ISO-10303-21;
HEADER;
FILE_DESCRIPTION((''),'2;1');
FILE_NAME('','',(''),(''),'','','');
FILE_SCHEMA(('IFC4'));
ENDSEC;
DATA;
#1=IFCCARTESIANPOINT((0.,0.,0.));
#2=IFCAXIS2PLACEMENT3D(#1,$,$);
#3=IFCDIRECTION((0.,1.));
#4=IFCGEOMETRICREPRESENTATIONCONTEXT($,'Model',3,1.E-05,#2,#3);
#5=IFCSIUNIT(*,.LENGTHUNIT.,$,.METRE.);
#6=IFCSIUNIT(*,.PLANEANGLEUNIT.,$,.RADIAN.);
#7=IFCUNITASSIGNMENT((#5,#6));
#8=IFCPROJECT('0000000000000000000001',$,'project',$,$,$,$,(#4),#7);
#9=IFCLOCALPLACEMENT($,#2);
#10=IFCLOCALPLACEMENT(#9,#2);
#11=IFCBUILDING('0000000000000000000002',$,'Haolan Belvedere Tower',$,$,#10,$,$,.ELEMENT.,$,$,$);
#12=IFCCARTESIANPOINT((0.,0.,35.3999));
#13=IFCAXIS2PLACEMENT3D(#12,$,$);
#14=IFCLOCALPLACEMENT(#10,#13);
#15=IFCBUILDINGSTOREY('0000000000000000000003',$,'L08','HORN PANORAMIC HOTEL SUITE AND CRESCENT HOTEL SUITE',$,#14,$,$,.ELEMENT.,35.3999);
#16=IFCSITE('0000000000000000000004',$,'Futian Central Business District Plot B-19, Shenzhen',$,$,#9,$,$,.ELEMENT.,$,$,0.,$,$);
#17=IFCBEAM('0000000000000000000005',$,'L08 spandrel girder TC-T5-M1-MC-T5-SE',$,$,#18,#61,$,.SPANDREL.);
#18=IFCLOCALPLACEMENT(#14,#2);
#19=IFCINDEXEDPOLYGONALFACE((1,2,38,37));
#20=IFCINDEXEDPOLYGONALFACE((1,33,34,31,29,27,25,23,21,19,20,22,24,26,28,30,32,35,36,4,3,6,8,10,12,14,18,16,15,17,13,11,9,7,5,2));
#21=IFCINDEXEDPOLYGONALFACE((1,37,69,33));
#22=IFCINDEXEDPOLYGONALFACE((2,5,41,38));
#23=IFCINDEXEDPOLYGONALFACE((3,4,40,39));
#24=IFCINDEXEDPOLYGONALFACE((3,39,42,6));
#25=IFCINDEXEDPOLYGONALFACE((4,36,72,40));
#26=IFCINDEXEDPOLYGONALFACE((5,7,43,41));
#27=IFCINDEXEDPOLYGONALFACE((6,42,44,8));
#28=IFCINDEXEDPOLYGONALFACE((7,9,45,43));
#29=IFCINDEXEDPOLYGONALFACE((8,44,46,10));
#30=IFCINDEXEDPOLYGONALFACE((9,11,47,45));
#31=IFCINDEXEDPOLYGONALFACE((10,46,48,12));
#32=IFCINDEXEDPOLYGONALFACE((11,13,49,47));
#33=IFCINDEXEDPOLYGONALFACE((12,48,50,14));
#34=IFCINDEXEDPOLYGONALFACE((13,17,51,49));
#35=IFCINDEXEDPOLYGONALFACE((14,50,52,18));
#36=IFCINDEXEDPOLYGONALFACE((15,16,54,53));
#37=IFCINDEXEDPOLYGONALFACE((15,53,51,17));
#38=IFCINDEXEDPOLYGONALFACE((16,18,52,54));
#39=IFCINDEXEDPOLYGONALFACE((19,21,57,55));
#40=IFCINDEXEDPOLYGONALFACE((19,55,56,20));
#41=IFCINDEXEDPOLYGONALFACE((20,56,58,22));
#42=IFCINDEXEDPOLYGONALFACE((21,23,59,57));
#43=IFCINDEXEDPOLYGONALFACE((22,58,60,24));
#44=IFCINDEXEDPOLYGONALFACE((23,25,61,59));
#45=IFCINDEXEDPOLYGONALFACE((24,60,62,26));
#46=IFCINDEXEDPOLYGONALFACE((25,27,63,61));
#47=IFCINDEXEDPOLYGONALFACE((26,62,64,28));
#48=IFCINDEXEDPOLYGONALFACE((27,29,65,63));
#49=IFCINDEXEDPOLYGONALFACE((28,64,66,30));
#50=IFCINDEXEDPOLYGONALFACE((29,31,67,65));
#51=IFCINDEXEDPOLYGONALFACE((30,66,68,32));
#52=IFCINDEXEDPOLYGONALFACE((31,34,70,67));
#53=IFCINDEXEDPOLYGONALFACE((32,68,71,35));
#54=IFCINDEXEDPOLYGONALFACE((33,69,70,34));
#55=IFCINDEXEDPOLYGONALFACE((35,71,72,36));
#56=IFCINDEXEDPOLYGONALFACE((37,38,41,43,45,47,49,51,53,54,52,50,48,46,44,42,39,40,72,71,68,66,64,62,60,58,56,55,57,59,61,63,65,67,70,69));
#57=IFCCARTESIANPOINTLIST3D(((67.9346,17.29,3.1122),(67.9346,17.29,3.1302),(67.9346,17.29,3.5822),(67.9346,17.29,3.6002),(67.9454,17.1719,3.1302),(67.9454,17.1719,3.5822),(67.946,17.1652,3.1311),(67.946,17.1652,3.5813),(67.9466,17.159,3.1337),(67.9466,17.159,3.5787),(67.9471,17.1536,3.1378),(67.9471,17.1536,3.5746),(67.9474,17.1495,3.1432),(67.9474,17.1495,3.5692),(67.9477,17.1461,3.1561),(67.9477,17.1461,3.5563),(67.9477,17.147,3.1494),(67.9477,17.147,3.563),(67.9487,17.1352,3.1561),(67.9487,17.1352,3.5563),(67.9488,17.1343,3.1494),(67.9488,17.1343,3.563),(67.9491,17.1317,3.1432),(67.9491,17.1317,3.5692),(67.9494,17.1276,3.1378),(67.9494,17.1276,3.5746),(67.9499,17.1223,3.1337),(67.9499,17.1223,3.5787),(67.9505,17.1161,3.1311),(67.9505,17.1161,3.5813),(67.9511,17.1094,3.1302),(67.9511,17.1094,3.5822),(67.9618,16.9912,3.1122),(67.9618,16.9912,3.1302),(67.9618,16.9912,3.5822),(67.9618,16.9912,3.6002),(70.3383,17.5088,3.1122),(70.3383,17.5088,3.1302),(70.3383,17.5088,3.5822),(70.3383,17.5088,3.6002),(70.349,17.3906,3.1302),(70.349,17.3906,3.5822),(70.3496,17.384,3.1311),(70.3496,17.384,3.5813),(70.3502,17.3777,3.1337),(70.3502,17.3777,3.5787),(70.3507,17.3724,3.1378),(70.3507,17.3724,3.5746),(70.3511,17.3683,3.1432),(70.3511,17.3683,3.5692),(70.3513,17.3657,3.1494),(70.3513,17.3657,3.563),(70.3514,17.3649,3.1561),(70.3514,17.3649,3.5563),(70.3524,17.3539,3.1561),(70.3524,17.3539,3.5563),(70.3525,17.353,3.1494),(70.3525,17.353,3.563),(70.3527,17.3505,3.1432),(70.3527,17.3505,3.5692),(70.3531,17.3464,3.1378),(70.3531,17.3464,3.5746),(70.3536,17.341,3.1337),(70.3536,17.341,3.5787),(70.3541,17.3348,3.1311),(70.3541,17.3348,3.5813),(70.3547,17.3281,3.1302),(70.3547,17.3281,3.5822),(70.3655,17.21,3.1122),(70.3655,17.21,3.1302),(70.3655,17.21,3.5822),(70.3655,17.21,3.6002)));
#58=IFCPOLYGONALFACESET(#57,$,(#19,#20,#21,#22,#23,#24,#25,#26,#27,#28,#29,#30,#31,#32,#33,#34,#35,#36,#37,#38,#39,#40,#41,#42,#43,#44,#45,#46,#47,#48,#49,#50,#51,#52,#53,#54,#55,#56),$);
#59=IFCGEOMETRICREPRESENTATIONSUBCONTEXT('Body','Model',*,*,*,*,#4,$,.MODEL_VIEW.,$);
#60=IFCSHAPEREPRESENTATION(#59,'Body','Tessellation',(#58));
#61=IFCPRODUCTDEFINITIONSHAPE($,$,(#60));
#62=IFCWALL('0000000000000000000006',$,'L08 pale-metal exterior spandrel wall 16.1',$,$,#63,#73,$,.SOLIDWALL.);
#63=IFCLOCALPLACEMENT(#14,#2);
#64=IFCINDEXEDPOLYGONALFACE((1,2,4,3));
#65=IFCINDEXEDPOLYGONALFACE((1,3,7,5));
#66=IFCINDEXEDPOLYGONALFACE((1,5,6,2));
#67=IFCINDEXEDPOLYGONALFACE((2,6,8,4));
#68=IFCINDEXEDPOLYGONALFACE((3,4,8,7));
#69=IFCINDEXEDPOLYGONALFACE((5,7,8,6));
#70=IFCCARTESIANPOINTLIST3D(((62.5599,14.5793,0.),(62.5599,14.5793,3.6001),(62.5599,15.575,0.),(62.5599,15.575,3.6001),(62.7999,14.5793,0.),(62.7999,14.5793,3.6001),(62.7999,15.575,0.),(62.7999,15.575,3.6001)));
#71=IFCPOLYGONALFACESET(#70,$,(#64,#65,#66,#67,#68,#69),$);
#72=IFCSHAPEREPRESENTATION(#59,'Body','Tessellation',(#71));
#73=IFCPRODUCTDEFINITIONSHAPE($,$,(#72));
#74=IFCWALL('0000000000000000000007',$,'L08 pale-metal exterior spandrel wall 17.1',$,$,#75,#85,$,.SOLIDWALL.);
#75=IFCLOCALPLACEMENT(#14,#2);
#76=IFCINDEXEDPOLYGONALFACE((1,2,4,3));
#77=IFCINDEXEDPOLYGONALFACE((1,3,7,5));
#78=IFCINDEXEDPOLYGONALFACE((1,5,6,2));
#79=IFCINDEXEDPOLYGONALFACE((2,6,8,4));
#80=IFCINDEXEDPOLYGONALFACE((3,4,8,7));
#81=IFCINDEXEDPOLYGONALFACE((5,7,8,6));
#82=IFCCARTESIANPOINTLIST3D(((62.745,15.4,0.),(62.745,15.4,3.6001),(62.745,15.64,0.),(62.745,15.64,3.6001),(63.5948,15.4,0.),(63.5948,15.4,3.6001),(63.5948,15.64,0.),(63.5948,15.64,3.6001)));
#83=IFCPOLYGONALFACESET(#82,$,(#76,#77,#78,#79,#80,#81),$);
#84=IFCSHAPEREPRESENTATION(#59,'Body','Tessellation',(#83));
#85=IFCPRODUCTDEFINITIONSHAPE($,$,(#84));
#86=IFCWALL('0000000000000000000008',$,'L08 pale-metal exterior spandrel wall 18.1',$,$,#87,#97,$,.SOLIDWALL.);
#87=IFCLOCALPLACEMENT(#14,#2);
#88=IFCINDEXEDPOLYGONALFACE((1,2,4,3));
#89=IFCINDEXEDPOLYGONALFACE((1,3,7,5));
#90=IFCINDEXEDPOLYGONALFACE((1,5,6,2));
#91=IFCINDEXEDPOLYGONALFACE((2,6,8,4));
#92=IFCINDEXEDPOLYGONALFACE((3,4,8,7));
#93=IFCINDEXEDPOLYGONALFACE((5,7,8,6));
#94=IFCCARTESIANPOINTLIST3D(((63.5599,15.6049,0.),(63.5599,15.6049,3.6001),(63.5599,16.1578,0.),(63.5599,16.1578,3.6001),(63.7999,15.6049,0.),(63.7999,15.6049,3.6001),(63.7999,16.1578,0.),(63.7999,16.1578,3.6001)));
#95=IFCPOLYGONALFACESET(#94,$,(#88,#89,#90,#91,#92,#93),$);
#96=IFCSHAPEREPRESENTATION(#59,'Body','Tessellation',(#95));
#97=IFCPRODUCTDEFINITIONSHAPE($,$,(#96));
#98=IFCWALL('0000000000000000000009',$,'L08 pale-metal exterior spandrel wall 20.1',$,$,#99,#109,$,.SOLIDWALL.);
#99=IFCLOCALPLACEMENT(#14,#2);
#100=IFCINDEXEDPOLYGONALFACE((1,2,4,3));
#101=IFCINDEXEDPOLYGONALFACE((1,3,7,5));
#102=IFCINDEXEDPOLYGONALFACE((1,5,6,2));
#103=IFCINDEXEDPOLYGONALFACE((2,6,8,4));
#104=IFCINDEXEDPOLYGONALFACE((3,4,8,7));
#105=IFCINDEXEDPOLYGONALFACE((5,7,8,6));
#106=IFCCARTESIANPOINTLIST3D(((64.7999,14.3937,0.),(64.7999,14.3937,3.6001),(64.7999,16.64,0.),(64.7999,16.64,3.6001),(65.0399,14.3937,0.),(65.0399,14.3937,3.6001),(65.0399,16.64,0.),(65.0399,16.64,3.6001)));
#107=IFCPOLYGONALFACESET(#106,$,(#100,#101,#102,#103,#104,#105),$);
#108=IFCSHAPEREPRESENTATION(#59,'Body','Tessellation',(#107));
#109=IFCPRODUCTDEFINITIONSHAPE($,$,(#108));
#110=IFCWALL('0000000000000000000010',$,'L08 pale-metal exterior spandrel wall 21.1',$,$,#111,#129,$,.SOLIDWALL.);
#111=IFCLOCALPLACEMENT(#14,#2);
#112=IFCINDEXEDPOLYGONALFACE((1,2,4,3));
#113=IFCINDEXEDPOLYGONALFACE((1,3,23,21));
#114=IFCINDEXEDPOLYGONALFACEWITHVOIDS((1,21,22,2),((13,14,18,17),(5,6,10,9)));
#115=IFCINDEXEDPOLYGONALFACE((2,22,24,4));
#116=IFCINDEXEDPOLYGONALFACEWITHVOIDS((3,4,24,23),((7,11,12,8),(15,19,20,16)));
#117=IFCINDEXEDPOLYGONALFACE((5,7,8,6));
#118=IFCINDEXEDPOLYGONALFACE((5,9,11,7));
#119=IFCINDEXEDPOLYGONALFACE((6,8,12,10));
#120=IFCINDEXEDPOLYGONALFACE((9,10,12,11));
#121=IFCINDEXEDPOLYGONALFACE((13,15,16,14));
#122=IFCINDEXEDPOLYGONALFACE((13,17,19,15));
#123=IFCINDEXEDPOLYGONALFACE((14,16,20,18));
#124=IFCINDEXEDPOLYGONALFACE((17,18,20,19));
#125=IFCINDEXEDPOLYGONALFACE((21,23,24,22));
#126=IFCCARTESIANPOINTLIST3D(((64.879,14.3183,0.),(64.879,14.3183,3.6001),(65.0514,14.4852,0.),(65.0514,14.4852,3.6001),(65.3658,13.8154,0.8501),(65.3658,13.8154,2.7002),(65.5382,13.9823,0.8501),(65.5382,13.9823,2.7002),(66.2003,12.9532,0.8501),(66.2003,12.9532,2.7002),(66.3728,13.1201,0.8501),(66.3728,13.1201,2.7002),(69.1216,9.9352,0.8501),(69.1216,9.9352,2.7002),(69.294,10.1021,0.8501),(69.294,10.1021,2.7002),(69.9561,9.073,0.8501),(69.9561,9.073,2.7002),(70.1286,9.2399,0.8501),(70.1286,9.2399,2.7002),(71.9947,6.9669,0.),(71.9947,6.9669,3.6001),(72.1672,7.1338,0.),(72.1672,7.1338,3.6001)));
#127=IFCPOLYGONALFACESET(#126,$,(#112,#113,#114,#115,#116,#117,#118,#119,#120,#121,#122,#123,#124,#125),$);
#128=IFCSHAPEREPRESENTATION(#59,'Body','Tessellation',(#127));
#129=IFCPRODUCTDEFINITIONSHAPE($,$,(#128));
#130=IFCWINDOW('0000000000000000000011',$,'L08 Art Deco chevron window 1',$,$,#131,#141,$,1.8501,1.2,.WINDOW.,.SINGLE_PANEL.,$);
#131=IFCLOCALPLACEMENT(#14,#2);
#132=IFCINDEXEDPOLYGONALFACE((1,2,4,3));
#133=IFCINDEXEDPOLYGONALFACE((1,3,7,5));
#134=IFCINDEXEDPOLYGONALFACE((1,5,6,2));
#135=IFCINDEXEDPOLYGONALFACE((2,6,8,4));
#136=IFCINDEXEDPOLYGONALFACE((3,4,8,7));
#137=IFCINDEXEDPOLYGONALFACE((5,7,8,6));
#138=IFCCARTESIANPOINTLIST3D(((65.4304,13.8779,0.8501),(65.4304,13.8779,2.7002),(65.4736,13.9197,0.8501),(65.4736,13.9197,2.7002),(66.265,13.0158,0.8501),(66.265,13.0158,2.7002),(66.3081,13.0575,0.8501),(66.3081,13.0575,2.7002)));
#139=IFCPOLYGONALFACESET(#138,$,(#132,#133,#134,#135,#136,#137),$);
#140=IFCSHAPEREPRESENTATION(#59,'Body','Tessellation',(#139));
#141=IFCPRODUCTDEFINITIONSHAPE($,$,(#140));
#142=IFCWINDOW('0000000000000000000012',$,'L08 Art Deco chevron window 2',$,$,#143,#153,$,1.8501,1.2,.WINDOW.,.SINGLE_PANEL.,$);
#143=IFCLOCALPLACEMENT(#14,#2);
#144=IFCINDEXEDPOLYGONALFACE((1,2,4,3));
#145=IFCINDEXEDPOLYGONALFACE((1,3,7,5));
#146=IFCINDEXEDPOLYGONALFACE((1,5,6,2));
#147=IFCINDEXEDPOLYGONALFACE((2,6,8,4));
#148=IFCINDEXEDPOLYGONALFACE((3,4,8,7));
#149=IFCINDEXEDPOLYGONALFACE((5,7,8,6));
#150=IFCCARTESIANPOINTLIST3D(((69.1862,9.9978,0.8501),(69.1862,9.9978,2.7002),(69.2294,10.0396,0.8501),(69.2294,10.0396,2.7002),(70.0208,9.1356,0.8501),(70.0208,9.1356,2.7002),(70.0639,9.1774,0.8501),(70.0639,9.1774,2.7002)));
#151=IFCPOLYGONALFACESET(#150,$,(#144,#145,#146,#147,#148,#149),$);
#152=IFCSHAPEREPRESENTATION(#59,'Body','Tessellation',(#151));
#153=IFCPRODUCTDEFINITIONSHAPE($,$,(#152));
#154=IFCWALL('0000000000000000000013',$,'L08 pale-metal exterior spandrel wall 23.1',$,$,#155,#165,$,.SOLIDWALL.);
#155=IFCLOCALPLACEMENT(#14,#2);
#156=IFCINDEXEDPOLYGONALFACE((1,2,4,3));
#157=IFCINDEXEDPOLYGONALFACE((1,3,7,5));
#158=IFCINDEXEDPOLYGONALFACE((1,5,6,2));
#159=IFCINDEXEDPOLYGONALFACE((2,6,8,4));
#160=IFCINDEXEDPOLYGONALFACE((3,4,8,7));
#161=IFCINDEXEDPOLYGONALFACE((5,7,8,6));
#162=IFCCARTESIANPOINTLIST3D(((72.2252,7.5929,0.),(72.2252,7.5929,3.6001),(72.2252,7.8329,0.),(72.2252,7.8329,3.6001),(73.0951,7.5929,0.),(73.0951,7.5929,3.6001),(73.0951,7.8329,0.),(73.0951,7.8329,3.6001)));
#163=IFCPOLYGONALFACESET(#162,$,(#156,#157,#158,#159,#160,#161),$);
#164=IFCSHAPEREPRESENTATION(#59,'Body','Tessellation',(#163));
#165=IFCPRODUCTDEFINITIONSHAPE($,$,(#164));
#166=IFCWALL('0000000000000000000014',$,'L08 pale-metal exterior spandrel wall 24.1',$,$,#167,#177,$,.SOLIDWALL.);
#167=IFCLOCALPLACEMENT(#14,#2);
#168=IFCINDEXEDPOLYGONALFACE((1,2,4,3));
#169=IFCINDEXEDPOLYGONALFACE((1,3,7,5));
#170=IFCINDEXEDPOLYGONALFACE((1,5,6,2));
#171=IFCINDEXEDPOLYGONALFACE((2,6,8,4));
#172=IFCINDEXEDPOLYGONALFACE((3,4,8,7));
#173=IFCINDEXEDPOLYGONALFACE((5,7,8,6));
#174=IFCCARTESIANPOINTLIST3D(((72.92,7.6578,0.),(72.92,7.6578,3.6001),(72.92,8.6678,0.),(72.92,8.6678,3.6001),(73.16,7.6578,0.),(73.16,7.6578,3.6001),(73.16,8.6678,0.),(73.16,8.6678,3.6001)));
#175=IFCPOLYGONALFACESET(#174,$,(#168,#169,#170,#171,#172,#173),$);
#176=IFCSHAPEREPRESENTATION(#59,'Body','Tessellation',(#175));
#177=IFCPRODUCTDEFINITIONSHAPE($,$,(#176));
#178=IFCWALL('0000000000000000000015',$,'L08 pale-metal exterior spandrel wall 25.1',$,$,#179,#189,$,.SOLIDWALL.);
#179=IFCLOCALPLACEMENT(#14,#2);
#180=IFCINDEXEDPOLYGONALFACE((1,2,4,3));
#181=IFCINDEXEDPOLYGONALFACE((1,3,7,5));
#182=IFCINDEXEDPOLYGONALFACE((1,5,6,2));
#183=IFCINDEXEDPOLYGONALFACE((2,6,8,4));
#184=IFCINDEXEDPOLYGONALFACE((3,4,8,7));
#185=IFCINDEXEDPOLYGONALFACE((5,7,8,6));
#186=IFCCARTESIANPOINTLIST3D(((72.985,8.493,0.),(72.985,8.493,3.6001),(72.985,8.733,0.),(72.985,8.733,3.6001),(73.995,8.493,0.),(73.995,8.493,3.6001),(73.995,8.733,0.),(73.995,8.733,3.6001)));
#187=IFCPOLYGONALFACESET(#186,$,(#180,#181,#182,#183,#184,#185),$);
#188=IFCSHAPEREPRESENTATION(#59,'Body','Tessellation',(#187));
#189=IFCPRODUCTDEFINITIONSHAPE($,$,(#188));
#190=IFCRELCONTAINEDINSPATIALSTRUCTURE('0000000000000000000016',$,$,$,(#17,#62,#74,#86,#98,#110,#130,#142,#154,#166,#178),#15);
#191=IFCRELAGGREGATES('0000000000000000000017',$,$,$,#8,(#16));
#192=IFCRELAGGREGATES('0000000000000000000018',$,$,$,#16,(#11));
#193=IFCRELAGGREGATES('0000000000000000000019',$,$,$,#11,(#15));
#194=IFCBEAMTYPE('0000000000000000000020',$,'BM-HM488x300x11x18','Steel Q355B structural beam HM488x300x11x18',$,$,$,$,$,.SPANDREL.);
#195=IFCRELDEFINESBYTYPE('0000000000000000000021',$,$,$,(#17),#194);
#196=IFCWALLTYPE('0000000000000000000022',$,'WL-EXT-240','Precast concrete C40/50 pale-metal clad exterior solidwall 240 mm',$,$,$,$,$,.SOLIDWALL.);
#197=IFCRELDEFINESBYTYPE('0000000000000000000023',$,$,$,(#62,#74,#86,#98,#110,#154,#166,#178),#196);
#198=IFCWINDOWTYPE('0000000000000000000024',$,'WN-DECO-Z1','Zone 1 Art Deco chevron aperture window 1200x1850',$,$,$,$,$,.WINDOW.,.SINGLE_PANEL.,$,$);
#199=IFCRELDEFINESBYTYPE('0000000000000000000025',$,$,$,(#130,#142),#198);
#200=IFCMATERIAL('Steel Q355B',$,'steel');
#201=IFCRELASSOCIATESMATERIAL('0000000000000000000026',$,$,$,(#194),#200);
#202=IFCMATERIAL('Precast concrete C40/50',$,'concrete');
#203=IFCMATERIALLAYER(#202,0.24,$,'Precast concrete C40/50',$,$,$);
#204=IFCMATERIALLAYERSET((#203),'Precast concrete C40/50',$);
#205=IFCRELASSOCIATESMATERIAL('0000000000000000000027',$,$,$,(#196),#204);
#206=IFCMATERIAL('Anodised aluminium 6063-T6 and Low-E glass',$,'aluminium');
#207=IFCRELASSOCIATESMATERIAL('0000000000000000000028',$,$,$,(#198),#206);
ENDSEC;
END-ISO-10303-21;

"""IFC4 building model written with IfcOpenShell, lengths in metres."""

from ifc_helpers import new_model, si_unit, direction, frame, frame_2d, origin, origin_2d, place, context, subcontext, project, spatial, rectangle, i_section, extrude, material, layer, layer_set, material_profile, profile_set, type_object, element, fill, save


model = new_model("IFC4")

# Units and contexts
model_context = context("Model", 3, precision=1e-05, world=origin(), true_north=direction((0.0, 1.0)))
body_context = subcontext(model_context, "Body", "Model", "MODEL_VIEW")
ifc_project = project(units=[si_unit("LENGTHUNIT", "METRE"), si_unit("PLANEANGLEUNIT", "RADIAN")], contexts=[model_context])

# Site, building, storey
site_placement = place(None, origin())
site = spatial("IfcSite", under=ifc_project, at=site_placement, Name="Futian Central Business District Plot B-19, Shenzhen", CompositionType="ELEMENT", RefElevation=0.0)
building_placement = place(site_placement, origin())
building = spatial("IfcBuilding", under=site, at=building_placement, Name="Haolan Belvedere Tower", CompositionType="ELEMENT")
storey_placement = place(building_placement, frame((0.0, 0.0, 35.3999)))
storey = spatial("IfcBuildingStorey", under=building, at=storey_placement, Name="L08", Description="HORN PANORAMIC HOTEL SUITE AND CRESCENT HOTEL SUITE", CompositionType="ELEMENT", Elevation=35.3999)

# Shared definitions
ifc_material_1 = material(Name="Steel Q355B", Category="steel")

# Beam
ifc_material_profile_1 = material_profile(ifc_material_1, i_section(OverallWidth=0.3, OverallDepth=0.488, WebThickness=0.011, FlangeThickness=0.0181, FilletRadius=0.0259, at=origin_2d()), Name="Steel Q355B")
ifc_profile_set_1 = profile_set([ifc_material_profile_1], Name="Steel Q355B")
beam_type = type_object("IfcBeamType", Name="BM-HM488x300x11x18", Description="Steel Q355B structural beam HM488x300x11x18", PredefinedType="SPANDREL", material=ifc_profile_set_1)
for number, where, z_axis, x_axis, name in (
    (1, (67.9482, 17.1406, 3.3562), (0.995884, 0.090636, 0.0), (-0.090636, 0.995884, 0.0), "L08 spandrel girder TC-T5-M1-MC-T5-SE"),
):
    element("IfcBeam", number, at=place(storey_placement, frame(where, z_axis=z_axis, x_axis=x_axis)), inside=storey, type_object=beam_type, Name=name, PredefinedType="SPANDREL", context=body_context, shape_type="SweptSolid", body=[
        extrude(i_section(OverallWidth=0.3, OverallDepth=0.488, WebThickness=0.011, FlangeThickness=0.0181, FilletRadius=0.0259, at=origin_2d()), origin(), (0.0, 0.0, 1.0), 2.4136),
    ])

# Walls
ifc_material_2 = material(Name="Precast concrete C40/50", Category="concrete")
ifc_layer_1 = layer(ifc_material_2, 0.24, Name="Precast concrete C40/50")
ifc_layer_set_1 = layer_set([ifc_layer_1], Name="Precast concrete C40/50")
wall_type_1 = type_object("IfcWallType", Name="WL-EXT-240", Description="Precast concrete C40/50 pale-metal clad exterior solidwall 240 mm", PredefinedType="SOLIDWALL", material=ifc_layer_set_1)
wall_1_placement = place(storey_placement, frame((62.6799, 14.5793, 0.0), z_axis=(0.0, 0.0, 1.0), x_axis=(0.0, 1.0, 0.0)))
element("IfcWall", 2, at=wall_1_placement, inside=storey, type_object=wall_type_1, Name="L08 pale-metal exterior spandrel wall 16.1", PredefinedType="SOLIDWALL", context=body_context, shape_type="SweptSolid", body=[
    extrude(rectangle(XDim=0.9956, YDim=0.24, at=frame_2d((0.4978, 0.0))), origin(), (0.0, 0.0, 1.0), 3.6001),
])
wall_2_placement = place(storey_placement, frame((62.7451, 15.52, 0.0), z_axis=(0.0, 0.0, 1.0), x_axis=(1.0, 0.0, 0.0)))
element("IfcWall", 3, at=wall_2_placement, inside=storey, type_object=wall_type_1, Name="L08 pale-metal exterior spandrel wall 17.1", PredefinedType="SOLIDWALL", context=body_context, shape_type="SweptSolid", body=[
    extrude(rectangle(XDim=0.8499, YDim=0.24, at=frame_2d((0.4248, 0.0))), origin(), (0.0, 0.0, 1.0), 3.6001),
])
wall_3_placement = place(storey_placement, frame((63.6799, 15.605, 0.0), z_axis=(0.0, 0.0, 1.0), x_axis=(0.0, 1.0, 0.0)))
element("IfcWall", 4, at=wall_3_placement, inside=storey, type_object=wall_type_1, Name="L08 pale-metal exterior spandrel wall 18.1", PredefinedType="SOLIDWALL", context=body_context, shape_type="SweptSolid", body=[
    extrude(rectangle(XDim=0.553, YDim=0.24, at=frame_2d((0.2764, 0.0))), origin(), (0.0, 0.0, 1.0), 3.6001),
])
wall_4_placement = place(storey_placement, frame((64.9199, 16.6399, 0.0), z_axis=(0.0, 0.0, 1.0), x_axis=(0.0, -1.0, 0.0)))
element("IfcWall", 5, at=wall_4_placement, inside=storey, type_object=wall_type_1, Name="L08 pale-metal exterior spandrel wall 20.1", PredefinedType="SOLIDWALL", context=body_context, shape_type="SweptSolid", body=[
    extrude(rectangle(XDim=2.2463, YDim=0.24, at=frame_2d((1.123, 0.0))), origin(), (0.0, 0.0, 1.0), 3.6001),
])

# Wall, openings, windows
wall_5_placement = place(storey_placement, frame((64.9651, 14.4019, 0.0), z_axis=(0.0, 0.0, 1.0), x_axis=(0.695499, -0.718527, 0.0)))
wall_5 = element("IfcWall", 6, at=wall_5_placement, inside=storey, type_object=wall_type_1, Name="L08 pale-metal exterior spandrel wall 21.1", PredefinedType="SOLIDWALL", context=body_context, shape_type="SweptSolid", body=[
    extrude(rectangle(XDim=10.2312, YDim=0.24, at=frame_2d((5.1157, 0.0))), origin(), (0.0, 0.0, 1.0), 3.6001),
])
opening_1_placement = place(wall_5_placement, frame((0.7, 0.0, 0.8501)))
opening_1 = element("IfcOpeningElement", 7, at=opening_1_placement, cuts=wall_5, PredefinedType="OPENING", context=body_context, shape_type="SweptSolid", body=[
    extrude(rectangle(XDim=1.2, YDim=1.8501, at=frame_2d((0.6001, 0.925))), frame((0.0, 0.1299, 0.0), z_axis=(0.0, -1.0, 0.0), x_axis=(1.0, 0.0, 0.0)), (0.0, 0.0, 1.0), 0.26),
])
opening_2_placement = place(wall_5_placement, frame((6.1001, 0.0, 0.8501)))
opening_2 = element("IfcOpeningElement", 8, at=opening_2_placement, cuts=wall_5, PredefinedType="OPENING", context=body_context, shape_type="SweptSolid", body=[
    extrude(rectangle(XDim=1.2, YDim=1.8501, at=frame_2d((0.6001, 0.925))), frame((0.0, 0.1299, 0.0), z_axis=(0.0, -1.0, 0.0), x_axis=(1.0, 0.0, 0.0)), (0.0, 0.0, 1.0), 0.26),
])
ifc_material_3 = material(Name="Anodised aluminium 6063-T6 and Low-E glass", Category="aluminium")
window_type = type_object("IfcWindowType", Name="WN-DECO-Z1", Description="Zone 1 Art Deco chevron aperture window 1200x1850", PartitioningType="SINGLE_PANEL", PredefinedType="WINDOW", material=ifc_material_3)
window_1_placement = place(opening_1_placement, origin())
window_1 = element("IfcWindow", 9, at=window_1_placement, inside=storey, type_object=window_type, Name="L08 Art Deco chevron window 1", OverallHeight=1.8501, OverallWidth=1.2, PartitioningType="SINGLE_PANEL", PredefinedType="WINDOW", context=body_context, shape_type="SweptSolid", body=[
    extrude(rectangle(XDim=1.2, YDim=1.8501, at=frame_2d((0.6001, 0.925))), frame((0.0, 0.03, 0.0), z_axis=(0.0, -1.0, 0.0), x_axis=(1.0, 0.0, 0.0)), (0.0, 0.0, 1.0), 0.0601),
])
fill(opening_1, window_1)
window_2_placement = place(opening_2_placement, origin())
window_2 = element("IfcWindow", 10, at=window_2_placement, inside=storey, type_object=window_type, Name="L08 Art Deco chevron window 2", OverallHeight=1.8501, OverallWidth=1.2, PartitioningType="SINGLE_PANEL", PredefinedType="WINDOW", context=body_context, shape_type="SweptSolid", body=[
    extrude(rectangle(XDim=1.2, YDim=1.8501, at=frame_2d((0.6001, 0.925))), frame((0.0, 0.03, 0.0), z_axis=(0.0, -1.0, 0.0), x_axis=(1.0, 0.0, 0.0)), (0.0, 0.0, 1.0), 0.0601),
])
fill(opening_2, window_2)

# Walls
wall_6_placement = place(storey_placement, frame((72.2251, 7.7129, 0.0), z_axis=(0.0, 0.0, 1.0), x_axis=(1.0, 0.0, 0.0)))
element("IfcWall", 11, at=wall_6_placement, inside=storey, type_object=wall_type_1, Name="L08 pale-metal exterior spandrel wall 23.1", PredefinedType="SOLIDWALL", context=body_context, shape_type="SweptSolid", body=[
    extrude(rectangle(XDim=0.8699, YDim=0.24, at=frame_2d((0.4351, 0.0))), origin(), (0.0, 0.0, 1.0), 3.6001),
])
for number, where, z_axis, x_axis, name in (
    (12, (73.04, 7.658, 0.0), (0.0, 0.0, 1.0), (0.0, 1.0, 0.0), "L08 pale-metal exterior spandrel wall 24.1"),
    (13, (72.9851, 8.613, 0.0), (0.0, 0.0, 1.0), (1.0, 0.0, 0.0), "L08 pale-metal exterior spandrel wall 25.1"),
):
    element("IfcWall", number, at=place(storey_placement, frame(where, z_axis=z_axis, x_axis=x_axis)), inside=storey, type_object=wall_type_1, Name=name, PredefinedType="SOLIDWALL", context=body_context, shape_type="SweptSolid", body=[
        extrude(rectangle(XDim=1.01, YDim=0.24, at=frame_2d((0.5049, 0.0))), origin(), (0.0, 0.0, 1.0), 3.6001),
    ])

save(model, "model.ifc")
